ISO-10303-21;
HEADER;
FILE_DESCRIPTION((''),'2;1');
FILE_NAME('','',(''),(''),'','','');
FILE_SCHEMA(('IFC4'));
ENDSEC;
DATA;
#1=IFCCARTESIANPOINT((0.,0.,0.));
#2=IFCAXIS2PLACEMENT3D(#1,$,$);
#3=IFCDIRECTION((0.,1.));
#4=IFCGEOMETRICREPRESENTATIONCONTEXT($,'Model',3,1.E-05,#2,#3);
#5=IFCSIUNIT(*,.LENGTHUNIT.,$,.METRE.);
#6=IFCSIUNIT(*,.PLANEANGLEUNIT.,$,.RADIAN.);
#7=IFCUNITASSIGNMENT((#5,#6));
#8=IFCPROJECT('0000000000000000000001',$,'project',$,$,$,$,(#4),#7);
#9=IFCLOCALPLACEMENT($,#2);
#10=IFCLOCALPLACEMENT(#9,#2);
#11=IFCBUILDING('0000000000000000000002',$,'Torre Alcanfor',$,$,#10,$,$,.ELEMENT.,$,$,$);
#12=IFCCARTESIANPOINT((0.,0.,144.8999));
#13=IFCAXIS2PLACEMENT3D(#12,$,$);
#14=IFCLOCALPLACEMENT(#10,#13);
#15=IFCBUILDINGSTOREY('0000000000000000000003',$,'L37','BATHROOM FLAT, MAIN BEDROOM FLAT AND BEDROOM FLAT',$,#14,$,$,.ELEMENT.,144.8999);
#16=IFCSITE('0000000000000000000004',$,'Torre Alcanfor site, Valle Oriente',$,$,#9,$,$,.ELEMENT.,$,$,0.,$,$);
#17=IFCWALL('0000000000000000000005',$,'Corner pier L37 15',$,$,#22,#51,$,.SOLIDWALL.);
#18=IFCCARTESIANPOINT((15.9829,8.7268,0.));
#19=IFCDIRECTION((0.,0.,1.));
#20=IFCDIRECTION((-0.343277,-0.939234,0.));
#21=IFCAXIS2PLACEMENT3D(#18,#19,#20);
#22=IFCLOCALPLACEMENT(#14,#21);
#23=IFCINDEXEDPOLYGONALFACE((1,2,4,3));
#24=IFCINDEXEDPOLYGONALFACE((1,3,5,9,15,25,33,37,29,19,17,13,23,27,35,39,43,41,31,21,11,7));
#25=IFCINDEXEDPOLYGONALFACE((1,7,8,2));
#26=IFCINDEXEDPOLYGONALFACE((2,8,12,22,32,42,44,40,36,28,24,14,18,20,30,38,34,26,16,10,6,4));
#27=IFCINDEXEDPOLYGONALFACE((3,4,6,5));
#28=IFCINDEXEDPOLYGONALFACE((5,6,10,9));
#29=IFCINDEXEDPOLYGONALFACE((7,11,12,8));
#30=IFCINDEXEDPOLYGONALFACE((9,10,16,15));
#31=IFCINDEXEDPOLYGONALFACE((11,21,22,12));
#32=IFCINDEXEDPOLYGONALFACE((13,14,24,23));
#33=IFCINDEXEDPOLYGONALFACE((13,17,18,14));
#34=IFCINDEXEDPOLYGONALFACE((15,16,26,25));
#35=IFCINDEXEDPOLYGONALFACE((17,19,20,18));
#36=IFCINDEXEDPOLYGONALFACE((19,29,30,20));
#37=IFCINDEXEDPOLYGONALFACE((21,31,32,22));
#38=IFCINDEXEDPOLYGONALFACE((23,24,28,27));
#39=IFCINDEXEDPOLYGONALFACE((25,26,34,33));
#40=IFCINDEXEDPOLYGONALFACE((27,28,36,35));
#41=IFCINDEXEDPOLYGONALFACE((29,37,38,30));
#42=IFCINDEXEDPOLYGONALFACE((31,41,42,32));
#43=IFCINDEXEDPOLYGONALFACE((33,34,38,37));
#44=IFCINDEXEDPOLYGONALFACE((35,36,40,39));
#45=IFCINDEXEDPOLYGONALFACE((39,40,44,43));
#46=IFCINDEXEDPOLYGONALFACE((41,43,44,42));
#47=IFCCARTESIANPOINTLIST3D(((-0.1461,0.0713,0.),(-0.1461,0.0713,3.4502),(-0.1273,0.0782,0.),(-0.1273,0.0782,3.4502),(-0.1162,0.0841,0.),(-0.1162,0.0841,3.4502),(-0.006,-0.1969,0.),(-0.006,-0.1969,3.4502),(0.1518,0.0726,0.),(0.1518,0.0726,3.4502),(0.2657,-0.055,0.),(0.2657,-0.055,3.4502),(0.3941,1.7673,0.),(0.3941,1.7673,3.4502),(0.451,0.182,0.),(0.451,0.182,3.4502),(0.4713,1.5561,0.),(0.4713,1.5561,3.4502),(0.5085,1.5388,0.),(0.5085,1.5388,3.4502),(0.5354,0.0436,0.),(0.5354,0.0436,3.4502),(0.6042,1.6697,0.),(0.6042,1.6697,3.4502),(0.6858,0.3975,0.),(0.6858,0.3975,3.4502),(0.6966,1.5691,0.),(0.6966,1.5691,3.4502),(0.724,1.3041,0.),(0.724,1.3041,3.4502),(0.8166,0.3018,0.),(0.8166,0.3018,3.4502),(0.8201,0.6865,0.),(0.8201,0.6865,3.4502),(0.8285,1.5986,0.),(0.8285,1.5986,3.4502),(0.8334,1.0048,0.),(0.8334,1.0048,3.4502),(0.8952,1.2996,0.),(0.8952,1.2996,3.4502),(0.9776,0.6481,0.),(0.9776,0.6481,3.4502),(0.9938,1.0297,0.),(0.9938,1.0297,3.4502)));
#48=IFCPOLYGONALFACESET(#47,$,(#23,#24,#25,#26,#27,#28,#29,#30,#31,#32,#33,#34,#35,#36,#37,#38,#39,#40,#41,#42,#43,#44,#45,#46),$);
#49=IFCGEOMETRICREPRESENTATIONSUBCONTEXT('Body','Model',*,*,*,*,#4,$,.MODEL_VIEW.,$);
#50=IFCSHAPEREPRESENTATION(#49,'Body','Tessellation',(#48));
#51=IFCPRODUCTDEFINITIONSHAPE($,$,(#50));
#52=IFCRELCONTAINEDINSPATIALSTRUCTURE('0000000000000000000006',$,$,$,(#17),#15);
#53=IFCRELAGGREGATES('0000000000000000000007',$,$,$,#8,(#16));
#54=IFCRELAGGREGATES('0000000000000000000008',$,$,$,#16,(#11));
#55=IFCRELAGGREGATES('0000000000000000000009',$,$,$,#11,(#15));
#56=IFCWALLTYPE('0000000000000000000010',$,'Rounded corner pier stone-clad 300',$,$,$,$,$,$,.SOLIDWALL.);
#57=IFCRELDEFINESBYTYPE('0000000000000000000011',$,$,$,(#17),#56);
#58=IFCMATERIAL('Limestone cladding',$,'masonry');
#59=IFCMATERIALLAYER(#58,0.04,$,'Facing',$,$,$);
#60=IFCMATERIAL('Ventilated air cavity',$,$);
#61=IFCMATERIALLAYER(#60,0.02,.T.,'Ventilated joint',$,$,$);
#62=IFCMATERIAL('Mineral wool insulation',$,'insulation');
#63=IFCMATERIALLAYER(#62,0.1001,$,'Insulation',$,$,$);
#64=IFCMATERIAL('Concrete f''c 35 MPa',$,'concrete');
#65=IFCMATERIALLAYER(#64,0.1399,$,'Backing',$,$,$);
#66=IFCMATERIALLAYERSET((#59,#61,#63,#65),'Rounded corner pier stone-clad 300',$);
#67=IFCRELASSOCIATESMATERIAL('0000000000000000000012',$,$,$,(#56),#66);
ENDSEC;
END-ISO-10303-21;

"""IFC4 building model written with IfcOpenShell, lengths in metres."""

from ifc_helpers import new_model, si_unit, direction, frame, origin, place, context, subcontext, project, spatial, polyline, outline, extrude, material, layer, layer_set, type_object, element, save


model = new_model("IFC4")

# Units and contexts
model_context = context("Model", 3, precision=1e-05, world=origin(), true_north=direction((0.0, 1.0)))
body_context = subcontext(model_context, "Body", "Model", "MODEL_VIEW")
ifc_project = project(units=[si_unit("LENGTHUNIT", "METRE"), si_unit("PLANEANGLEUNIT", "RADIAN")], contexts=[model_context])

# Site, building, storey
site_placement = place(None, origin())
site = spatial("IfcSite", under=ifc_project, at=site_placement, Name="Torre Alcanfor site, Valle Oriente", CompositionType="ELEMENT", RefElevation=0.0)
building_placement = place(site_placement, origin())
building = spatial("IfcBuilding", under=site, at=building_placement, Name="Torre Alcanfor", CompositionType="ELEMENT")
storey_placement = place(building_placement, frame((0.0, 0.0, 144.8999)))
storey = spatial("IfcBuildingStorey", under=building, at=storey_placement, Name="L37", Description="BATHROOM FLAT, MAIN BEDROOM FLAT AND BEDROOM FLAT", CompositionType="ELEMENT", Elevation=144.8999)

# Wall
ifc_material_1 = material(Name="Limestone cladding", Category="masonry")
ifc_layer_1 = layer(ifc_material_1, 0.04, Name="Facing")
ifc_material_2 = material(Name="Ventilated air cavity")
ifc_layer_2 = layer(ifc_material_2, 0.02, ventilated=True, Name="Ventilated joint")
ifc_material_3 = material(Name="Mineral wool insulation", Category="insulation")
ifc_layer_3 = layer(ifc_material_3, 0.1001, Name="Insulation")
ifc_material_4 = material(Name="Concrete f'c 35 MPa", Category="concrete")
ifc_layer_4 = layer(ifc_material_4, 0.1399, Name="Backing")
ifc_layer_set_1 = layer_set([ifc_layer_1, ifc_layer_2, ifc_layer_3, ifc_layer_4], Name="Rounded corner pier stone-clad 300")
wall_type_1 = type_object("IfcWallType", Name="Rounded corner pier stone-clad 300", PredefinedType="SOLIDWALL", material=ifc_layer_set_1)
wall_1_placement = place(storey_placement, frame((15.9829, 8.7268, 0.0), z_axis=(0.0, 0.0, 1.0), x_axis=(-0.343277, -0.939234, 0.0)))
element("IfcWall", 1, at=wall_1_placement, inside=storey, type_object=wall_type_1, Name="Corner pier L37 15", PredefinedType="SOLIDWALL", context=body_context, shape_type="SweptSolid", body=[
    extrude(outline(polyline([(0.8285, 1.5986), (0.6966, 1.5691), (0.6042, 1.6697), (0.3941, 1.7673), (0.4713, 1.5561), (0.5085, 1.5388), (0.724, 1.3041), (0.8334, 1.0048), (0.8201, 0.6865), (0.6858, 0.3975), (0.451, 0.182), (0.1518, 0.0726), (-0.1162, 0.0841), (-0.1273, 0.0782), (-0.1461, 0.0713), (-0.006, -0.1969), (0.2657, -0.055), (0.5354, 0.0436), (0.8166, 0.3018), (0.9776, 0.6481), (0.9938, 1.0297), (0.8952, 1.2996), (0.8285, 1.5986)])), origin(), (0.0, 0.0, 1.0), 3.4502),
])

save(model, "model.ifc")
